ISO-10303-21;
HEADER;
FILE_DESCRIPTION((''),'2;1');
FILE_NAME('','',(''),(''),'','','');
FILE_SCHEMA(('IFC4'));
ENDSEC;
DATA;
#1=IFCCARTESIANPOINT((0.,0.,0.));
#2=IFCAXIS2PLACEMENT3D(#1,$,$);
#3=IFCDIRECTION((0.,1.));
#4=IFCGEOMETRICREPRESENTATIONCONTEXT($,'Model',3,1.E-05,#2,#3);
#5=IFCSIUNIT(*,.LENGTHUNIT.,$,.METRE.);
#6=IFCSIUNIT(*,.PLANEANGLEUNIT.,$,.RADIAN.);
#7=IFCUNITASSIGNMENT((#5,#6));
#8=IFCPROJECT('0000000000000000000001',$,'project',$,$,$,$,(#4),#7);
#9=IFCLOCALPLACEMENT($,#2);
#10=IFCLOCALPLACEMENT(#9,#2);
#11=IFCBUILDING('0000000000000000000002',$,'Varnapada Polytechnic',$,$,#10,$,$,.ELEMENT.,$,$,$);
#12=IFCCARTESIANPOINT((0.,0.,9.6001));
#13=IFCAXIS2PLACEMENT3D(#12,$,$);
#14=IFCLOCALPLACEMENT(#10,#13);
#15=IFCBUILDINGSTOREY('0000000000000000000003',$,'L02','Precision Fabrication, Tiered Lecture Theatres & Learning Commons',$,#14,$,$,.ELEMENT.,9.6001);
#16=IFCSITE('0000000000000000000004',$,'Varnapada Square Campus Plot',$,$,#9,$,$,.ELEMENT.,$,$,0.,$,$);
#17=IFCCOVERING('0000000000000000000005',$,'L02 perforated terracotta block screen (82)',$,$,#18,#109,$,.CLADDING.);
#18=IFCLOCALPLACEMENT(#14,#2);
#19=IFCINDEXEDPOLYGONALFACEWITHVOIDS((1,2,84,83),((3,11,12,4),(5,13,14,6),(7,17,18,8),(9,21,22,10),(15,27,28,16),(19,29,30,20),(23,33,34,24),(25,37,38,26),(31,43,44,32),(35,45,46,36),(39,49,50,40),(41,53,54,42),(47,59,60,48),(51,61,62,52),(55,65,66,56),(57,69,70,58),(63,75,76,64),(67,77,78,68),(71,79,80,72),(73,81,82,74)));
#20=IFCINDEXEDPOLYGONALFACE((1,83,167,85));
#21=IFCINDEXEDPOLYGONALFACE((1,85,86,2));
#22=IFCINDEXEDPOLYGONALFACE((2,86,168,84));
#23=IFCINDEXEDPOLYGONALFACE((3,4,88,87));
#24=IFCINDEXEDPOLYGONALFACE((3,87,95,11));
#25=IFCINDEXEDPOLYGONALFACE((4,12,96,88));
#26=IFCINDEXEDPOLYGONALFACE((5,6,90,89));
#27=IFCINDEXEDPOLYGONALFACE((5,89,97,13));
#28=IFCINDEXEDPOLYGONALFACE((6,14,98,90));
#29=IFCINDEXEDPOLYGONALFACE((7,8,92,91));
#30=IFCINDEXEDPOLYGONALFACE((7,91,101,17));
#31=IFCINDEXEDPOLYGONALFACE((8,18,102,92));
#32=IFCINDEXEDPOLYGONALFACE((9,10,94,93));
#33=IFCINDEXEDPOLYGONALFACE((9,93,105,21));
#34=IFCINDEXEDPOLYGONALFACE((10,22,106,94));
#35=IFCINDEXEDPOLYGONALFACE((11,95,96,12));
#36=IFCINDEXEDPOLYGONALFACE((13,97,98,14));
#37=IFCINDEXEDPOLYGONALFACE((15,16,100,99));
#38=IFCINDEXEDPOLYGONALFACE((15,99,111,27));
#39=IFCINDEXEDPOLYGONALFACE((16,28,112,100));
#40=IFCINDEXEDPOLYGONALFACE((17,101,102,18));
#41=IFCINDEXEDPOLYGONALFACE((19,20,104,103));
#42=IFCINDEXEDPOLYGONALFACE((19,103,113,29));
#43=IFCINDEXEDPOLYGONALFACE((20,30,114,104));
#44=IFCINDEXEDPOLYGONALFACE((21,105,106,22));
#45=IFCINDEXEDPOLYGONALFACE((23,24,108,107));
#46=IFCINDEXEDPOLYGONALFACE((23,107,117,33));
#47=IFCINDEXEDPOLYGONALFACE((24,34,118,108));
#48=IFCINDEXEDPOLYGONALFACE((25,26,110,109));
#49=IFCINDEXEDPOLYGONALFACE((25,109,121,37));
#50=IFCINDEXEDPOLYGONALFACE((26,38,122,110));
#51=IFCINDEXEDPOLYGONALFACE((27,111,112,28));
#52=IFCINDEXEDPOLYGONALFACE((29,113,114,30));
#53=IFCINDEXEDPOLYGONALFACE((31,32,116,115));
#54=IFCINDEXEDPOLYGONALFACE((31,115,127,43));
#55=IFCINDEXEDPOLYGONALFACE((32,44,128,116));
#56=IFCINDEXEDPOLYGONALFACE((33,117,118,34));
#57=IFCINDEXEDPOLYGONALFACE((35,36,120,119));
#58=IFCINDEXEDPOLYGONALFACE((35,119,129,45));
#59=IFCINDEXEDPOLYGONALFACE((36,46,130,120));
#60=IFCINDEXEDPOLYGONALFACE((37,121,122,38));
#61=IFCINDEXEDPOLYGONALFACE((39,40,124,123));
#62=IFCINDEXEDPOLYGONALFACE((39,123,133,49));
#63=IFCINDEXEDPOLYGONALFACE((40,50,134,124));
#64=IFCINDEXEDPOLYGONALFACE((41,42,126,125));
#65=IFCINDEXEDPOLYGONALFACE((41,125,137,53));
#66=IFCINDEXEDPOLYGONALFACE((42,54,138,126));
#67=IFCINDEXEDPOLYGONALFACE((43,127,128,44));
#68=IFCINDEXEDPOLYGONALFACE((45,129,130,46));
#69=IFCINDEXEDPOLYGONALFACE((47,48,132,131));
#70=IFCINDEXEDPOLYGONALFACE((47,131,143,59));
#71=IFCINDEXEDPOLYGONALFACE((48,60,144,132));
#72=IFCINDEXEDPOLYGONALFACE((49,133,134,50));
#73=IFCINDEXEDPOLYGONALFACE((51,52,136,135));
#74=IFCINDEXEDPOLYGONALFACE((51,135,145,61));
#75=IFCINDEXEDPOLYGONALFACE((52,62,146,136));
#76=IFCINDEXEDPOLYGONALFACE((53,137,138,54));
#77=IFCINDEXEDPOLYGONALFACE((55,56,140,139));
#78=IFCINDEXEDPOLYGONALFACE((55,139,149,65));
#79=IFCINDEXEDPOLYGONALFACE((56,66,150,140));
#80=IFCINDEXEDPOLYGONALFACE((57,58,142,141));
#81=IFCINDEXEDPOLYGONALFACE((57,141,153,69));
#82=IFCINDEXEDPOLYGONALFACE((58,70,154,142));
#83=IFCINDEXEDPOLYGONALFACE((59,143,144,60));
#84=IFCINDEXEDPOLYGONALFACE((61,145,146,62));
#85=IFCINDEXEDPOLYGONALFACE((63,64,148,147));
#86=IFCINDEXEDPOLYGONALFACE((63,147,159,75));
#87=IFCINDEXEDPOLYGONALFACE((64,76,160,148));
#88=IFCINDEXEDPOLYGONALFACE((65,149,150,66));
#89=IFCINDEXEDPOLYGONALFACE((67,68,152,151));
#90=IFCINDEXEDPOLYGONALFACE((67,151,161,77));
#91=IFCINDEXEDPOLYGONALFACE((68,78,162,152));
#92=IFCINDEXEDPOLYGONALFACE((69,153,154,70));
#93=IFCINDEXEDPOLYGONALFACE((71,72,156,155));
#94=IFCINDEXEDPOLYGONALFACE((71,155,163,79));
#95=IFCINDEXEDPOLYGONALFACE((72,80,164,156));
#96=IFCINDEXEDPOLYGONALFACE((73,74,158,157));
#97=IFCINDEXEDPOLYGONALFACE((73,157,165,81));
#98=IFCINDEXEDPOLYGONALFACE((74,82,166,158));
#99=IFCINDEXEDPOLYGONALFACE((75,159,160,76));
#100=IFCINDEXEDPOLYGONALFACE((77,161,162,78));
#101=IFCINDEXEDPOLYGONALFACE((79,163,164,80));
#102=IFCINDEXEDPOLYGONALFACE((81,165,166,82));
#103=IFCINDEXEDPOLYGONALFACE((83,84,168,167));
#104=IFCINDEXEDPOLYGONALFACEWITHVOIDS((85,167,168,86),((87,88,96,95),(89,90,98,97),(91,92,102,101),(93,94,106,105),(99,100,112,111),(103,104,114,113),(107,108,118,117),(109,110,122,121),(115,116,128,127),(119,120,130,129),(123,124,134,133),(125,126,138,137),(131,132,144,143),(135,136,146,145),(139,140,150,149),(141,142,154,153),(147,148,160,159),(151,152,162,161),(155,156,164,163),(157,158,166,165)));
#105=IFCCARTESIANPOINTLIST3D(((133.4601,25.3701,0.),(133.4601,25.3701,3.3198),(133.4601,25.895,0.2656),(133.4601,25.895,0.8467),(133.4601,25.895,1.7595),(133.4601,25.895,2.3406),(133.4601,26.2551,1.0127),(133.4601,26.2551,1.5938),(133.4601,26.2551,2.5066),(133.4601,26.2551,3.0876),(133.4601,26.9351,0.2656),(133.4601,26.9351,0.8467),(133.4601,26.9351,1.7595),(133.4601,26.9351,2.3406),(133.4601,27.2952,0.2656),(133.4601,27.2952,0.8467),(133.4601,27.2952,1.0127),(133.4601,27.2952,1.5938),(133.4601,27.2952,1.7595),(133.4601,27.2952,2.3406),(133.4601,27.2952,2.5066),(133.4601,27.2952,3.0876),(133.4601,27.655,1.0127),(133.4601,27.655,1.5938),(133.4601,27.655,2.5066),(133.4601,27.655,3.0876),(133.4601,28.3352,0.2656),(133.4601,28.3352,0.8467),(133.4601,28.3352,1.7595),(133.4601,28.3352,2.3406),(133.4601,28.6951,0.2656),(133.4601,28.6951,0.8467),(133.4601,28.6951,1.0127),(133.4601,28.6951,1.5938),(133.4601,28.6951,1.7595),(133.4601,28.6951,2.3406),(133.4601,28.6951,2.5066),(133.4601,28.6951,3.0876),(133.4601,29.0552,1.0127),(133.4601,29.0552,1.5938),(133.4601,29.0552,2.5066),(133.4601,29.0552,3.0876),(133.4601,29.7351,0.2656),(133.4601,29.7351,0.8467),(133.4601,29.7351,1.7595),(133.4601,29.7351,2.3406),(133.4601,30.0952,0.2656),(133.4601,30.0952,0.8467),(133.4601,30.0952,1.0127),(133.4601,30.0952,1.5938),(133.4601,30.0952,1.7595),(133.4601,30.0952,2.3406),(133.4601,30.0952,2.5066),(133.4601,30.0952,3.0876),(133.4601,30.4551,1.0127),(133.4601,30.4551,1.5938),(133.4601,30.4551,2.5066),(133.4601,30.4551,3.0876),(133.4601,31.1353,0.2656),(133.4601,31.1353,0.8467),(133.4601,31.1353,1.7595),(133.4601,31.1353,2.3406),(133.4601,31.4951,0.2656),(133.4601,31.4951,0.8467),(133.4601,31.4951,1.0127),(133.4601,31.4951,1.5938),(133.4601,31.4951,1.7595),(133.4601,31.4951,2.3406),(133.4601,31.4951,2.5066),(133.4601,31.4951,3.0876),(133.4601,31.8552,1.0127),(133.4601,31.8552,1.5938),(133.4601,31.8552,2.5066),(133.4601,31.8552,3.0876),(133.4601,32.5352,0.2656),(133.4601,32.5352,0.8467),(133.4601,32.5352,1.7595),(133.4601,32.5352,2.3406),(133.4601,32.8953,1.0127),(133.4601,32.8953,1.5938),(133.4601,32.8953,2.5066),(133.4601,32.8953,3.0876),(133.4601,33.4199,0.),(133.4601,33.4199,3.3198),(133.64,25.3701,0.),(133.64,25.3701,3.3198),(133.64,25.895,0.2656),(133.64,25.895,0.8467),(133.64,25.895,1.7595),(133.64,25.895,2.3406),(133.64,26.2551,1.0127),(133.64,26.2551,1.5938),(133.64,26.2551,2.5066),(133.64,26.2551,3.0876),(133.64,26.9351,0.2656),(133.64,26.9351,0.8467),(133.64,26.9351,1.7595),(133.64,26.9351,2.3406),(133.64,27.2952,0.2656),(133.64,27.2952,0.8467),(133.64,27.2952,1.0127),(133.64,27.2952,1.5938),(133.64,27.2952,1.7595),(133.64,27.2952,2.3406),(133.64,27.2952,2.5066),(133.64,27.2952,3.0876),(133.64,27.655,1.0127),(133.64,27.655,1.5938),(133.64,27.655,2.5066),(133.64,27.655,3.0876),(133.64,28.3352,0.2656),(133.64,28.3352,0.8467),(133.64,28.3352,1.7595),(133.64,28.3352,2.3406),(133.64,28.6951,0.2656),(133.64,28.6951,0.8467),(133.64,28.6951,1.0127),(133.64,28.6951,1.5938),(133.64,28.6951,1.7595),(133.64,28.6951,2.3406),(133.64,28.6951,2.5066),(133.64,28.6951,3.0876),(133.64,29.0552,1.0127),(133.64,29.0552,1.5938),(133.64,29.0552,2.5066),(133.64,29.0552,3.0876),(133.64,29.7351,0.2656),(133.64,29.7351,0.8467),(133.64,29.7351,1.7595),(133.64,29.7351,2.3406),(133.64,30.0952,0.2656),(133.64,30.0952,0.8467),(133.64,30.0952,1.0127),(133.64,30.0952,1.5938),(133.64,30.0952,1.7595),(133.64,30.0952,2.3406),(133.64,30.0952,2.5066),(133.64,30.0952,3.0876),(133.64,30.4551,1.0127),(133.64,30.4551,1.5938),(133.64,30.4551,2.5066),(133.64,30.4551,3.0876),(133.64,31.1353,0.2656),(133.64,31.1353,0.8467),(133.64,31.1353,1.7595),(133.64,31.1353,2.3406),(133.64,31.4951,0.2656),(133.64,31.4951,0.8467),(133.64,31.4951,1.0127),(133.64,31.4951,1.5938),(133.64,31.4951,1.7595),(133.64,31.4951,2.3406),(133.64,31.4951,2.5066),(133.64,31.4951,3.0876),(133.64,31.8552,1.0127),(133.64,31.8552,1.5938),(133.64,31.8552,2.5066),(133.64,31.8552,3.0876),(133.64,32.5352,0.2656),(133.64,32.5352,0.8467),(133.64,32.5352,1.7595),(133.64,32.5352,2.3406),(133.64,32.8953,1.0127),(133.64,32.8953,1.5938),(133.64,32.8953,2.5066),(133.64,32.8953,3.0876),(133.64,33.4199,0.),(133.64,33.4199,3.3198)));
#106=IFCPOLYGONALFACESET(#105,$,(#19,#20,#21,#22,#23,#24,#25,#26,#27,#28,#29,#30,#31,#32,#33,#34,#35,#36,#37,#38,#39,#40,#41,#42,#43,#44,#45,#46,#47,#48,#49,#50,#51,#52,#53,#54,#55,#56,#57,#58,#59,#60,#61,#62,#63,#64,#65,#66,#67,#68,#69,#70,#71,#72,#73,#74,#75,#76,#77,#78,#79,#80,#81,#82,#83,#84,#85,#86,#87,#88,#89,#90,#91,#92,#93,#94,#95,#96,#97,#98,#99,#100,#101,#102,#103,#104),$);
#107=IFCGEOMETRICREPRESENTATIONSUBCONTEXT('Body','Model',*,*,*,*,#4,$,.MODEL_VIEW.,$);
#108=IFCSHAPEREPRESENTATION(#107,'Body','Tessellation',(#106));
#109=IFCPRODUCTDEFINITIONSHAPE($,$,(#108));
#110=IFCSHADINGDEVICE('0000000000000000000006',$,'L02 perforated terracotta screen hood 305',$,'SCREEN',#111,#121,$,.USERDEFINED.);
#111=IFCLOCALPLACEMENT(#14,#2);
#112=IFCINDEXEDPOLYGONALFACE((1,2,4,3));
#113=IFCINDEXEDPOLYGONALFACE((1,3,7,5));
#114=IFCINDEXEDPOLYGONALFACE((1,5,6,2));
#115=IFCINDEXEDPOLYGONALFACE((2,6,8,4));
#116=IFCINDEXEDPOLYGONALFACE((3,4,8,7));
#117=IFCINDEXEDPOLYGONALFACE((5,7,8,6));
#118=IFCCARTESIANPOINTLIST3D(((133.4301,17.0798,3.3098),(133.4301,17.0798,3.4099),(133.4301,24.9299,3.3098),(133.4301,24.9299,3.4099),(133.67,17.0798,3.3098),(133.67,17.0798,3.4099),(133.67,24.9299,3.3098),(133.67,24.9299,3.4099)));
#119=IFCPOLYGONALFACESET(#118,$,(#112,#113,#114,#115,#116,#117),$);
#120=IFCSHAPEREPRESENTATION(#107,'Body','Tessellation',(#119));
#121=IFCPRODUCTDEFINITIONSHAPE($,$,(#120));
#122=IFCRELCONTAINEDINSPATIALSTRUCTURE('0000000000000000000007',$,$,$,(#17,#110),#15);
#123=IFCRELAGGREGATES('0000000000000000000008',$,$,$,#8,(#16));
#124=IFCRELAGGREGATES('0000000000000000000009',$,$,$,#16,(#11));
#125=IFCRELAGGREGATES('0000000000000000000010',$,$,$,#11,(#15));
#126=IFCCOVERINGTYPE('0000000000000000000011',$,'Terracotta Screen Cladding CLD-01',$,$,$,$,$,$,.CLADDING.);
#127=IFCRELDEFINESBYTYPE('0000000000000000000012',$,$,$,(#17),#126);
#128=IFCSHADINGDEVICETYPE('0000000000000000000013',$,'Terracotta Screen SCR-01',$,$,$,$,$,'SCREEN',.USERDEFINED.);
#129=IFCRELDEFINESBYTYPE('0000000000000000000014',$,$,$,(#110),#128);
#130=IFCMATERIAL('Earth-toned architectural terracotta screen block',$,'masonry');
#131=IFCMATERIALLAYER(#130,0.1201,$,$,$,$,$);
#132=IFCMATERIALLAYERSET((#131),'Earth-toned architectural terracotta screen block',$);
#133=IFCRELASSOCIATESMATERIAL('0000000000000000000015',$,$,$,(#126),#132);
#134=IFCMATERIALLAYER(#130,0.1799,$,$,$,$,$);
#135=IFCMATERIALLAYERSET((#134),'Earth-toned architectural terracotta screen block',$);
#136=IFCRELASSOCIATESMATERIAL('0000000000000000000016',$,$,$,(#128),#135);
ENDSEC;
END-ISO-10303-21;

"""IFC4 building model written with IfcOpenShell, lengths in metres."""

from ifc_helpers import new_model, si_unit, direction, frame, frame_2d, origin, origin_2d, place, context, subcontext, project, spatial, rectangle, extrude, material, layer, layer_set, type_object, element, save


model = new_model("IFC4")

# Units and contexts
model_context = context("Model", 3, precision=1e-05, world=origin(), true_north=direction((0.0, 1.0)))
body_context = subcontext(model_context, "Body", "Model", "MODEL_VIEW")
ifc_project = project(units=[si_unit("LENGTHUNIT", "METRE"), si_unit("PLANEANGLEUNIT", "RADIAN")], contexts=[model_context])

# Site, building, storey
site_placement = place(None, origin())
site = spatial("IfcSite", under=ifc_project, at=site_placement, Name="Varnapada Square Campus Plot", CompositionType="ELEMENT", RefElevation=0.0)
building_placement = place(site_placement, origin())
building = spatial("IfcBuilding", under=site, at=building_placement, Name="Varnapada Polytechnic", CompositionType="ELEMENT")
storey_placement = place(building_placement, frame((0.0, 0.0, 9.6001)))
storey = spatial("IfcBuildingStorey", under=building, at=storey_placement, Name="L02", Description="Precision Fabrication, Tiered Lecture Theatres & Learning Commons", CompositionType="ELEMENT", Elevation=9.6001)

# Covering, openings
ifc_material_1 = material(Name="Earth-toned architectural terracotta screen block", Category="masonry")
ifc_layer_1 = layer(ifc_material_1, 0.1201)
ifc_layer_set_1 = layer_set([ifc_layer_1], Name="Earth-toned architectural terracotta screen block")
covering_type = type_object("IfcCoveringType", Name="Terracotta Screen Cladding CLD-01", PredefinedType="CLADDING", material=ifc_layer_set_1)
covering_placement = place(storey_placement, frame((133.55, 25.3701, 0.0), z_axis=(0.0, 0.0, 1.0), x_axis=(0.0, 1.0, 0.0)))
covering = element("IfcCovering", 1, at=covering_placement, inside=storey, type_object=covering_type, Name="L02 perforated terracotta block screen (82)", PredefinedType="CLADDING", context=body_context, shape_type="SweptSolid", body=[
    extrude(rectangle(XDim=8.0498, YDim=0.1799, at=frame_2d((4.0249, 0.0))), origin(), (0.0, 0.0, 1.0), 3.3198),
])
opening_1_placement = place(covering_placement, frame((0.5249, 0.0, 0.2656)))
element("IfcOpeningElement", 2, at=opening_1_placement, cuts=covering, PredefinedType="OPENING", context=body_context, shape_type="SweptSolid", body=[
    extrude(rectangle(XDim=1.04, YDim=0.5811, at=frame_2d((0.52, 0.2905))), frame((0.0, 0.0999, 0.0), z_axis=(0.0, -1.0, 0.0), x_axis=(1.0, 0.0, 0.0)), (0.0, 0.0, 1.0), 0.2),
])
opening_2_placement = place(covering_placement, frame((1.925, 0.0, 0.2656)))
element("IfcOpeningElement", 3, at=opening_2_placement, cuts=covering, PredefinedType="OPENING", context=body_context, shape_type="SweptSolid", body=[
    extrude(rectangle(XDim=1.04, YDim=0.5811, at=frame_2d((0.52, 0.2905))), frame((0.0, 0.0999, 0.0), z_axis=(0.0, -1.0, 0.0), x_axis=(1.0, 0.0, 0.0)), (0.0, 0.0, 1.0), 0.2),
])
opening_3_placement = place(covering_placement, frame((3.325, 0.0, 0.2656)))
element("IfcOpeningElement", 4, at=opening_3_placement, cuts=covering, PredefinedType="OPENING", context=body_context, shape_type="SweptSolid", body=[
    extrude(rectangle(XDim=1.04, YDim=0.5811, at=frame_2d((0.52, 0.2905))), frame((0.0, 0.0999, 0.0), z_axis=(0.0, -1.0, 0.0), x_axis=(1.0, 0.0, 0.0)), (0.0, 0.0, 1.0), 0.2),
])
opening_4_placement = place(covering_placement, frame((4.7251, 0.0, 0.2656)))
element("IfcOpeningElement", 5, at=opening_4_placement, cuts=covering, PredefinedType="OPENING", context=body_context, shape_type="SweptSolid", body=[
    extrude(rectangle(XDim=1.04, YDim=0.5811, at=frame_2d((0.52, 0.2905))), frame((0.0, 0.0999, 0.0), z_axis=(0.0, -1.0, 0.0), x_axis=(1.0, 0.0, 0.0)), (0.0, 0.0, 1.0), 0.2),
])
opening_5_placement = place(covering_placement, frame((6.125, 0.0, 0.2656)))
element("IfcOpeningElement", 6, at=opening_5_placement, cuts=covering, PredefinedType="OPENING", context=body_context, shape_type="SweptSolid", body=[
    extrude(rectangle(XDim=1.04, YDim=0.5811, at=frame_2d((0.52, 0.2905))), frame((0.0, 0.0999, 0.0), z_axis=(0.0, -1.0, 0.0), x_axis=(1.0, 0.0, 0.0)), (0.0, 0.0, 1.0), 0.2),
])
opening_6_placement = place(covering_placement, frame((0.885, 0.0, 1.0127)))
element("IfcOpeningElement", 7, at=opening_6_placement, cuts=covering, PredefinedType="OPENING", context=body_context, shape_type="SweptSolid", body=[
    extrude(rectangle(XDim=1.04, YDim=0.5811, at=frame_2d((0.52, 0.2905))), frame((0.0, 0.0999, 0.0), z_axis=(0.0, -1.0, 0.0), x_axis=(1.0, 0.0, 0.0)), (0.0, 0.0, 1.0), 0.2),
])
opening_7_placement = place(covering_placement, frame((2.2849, 0.0, 1.0127)))
element("IfcOpeningElement", 8, at=opening_7_placement, cuts=covering, PredefinedType="OPENING", context=body_context, shape_type="SweptSolid", body=[
    extrude(rectangle(XDim=1.04, YDim=0.5811, at=frame_2d((0.52, 0.2905))), frame((0.0, 0.0999, 0.0), z_axis=(0.0, -1.0, 0.0), x_axis=(1.0, 0.0, 0.0)), (0.0, 0.0, 1.0), 0.2),
])
opening_8_placement = place(covering_placement, frame((3.6851, 0.0, 1.0127)))
element("IfcOpeningElement", 9, at=opening_8_placement, cuts=covering, PredefinedType="OPENING", context=body_context, shape_type="SweptSolid", body=[
    extrude(rectangle(XDim=1.04, YDim=0.5811, at=frame_2d((0.52, 0.2905))), frame((0.0, 0.0999, 0.0), z_axis=(0.0, -1.0, 0.0), x_axis=(1.0, 0.0, 0.0)), (0.0, 0.0, 1.0), 0.2),
])
opening_9_placement = place(covering_placement, frame((5.085, 0.0, 1.0127)))
element("IfcOpeningElement", 10, at=opening_9_placement, cuts=covering, PredefinedType="OPENING", context=body_context, shape_type="SweptSolid", body=[
    extrude(rectangle(XDim=1.04, YDim=0.5811, at=frame_2d((0.52, 0.2905))), frame((0.0, 0.0999, 0.0), z_axis=(0.0, -1.0, 0.0), x_axis=(1.0, 0.0, 0.0)), (0.0, 0.0, 1.0), 0.2),
])
opening_10_placement = place(covering_placement, frame((6.4851, 0.0, 1.0127)))
element("IfcOpeningElement", 11, at=opening_10_placement, cuts=covering, PredefinedType="OPENING", context=body_context, shape_type="SweptSolid", body=[
    extrude(rectangle(XDim=1.04, YDim=0.5811, at=frame_2d((0.52, 0.2905))), frame((0.0, 0.0999, 0.0), z_axis=(0.0, -1.0, 0.0), x_axis=(1.0, 0.0, 0.0)), (0.0, 0.0, 1.0), 0.2),
])
opening_11_placement = place(covering_placement, frame((0.5249, 0.0, 1.7595)))
element("IfcOpeningElement", 12, at=opening_11_placement, cuts=covering, PredefinedType="OPENING", context=body_context, shape_type="SweptSolid", body=[
    extrude(rectangle(XDim=1.04, YDim=0.5811, at=frame_2d((0.52, 0.2905))), frame((0.0, 0.0999, 0.0), z_axis=(0.0, -1.0, 0.0), x_axis=(1.0, 0.0, 0.0)), (0.0, 0.0, 1.0), 0.2),
])
opening_12_placement = place(covering_placement, frame((1.925, 0.0, 1.7595)))
element("IfcOpeningElement", 13, at=opening_12_placement, cuts=covering, PredefinedType="OPENING", context=body_context, shape_type="SweptSolid", body=[
    extrude(rectangle(XDim=1.04, YDim=0.5811, at=frame_2d((0.52, 0.2905))), frame((0.0, 0.0999, 0.0), z_axis=(0.0, -1.0, 0.0), x_axis=(1.0, 0.0, 0.0)), (0.0, 0.0, 1.0), 0.2),
])
opening_13_placement = place(covering_placement, frame((3.325, 0.0, 1.7595)))
element("IfcOpeningElement", 14, at=opening_13_placement, cuts=covering, PredefinedType="OPENING", context=body_context, shape_type="SweptSolid", body=[
    extrude(rectangle(XDim=1.04, YDim=0.5811, at=frame_2d((0.52, 0.2905))), frame((0.0, 0.0999, 0.0), z_axis=(0.0, -1.0, 0.0), x_axis=(1.0, 0.0, 0.0)), (0.0, 0.0, 1.0), 0.2),
])
opening_14_placement = place(covering_placement, frame((4.7251, 0.0, 1.7595)))
element("IfcOpeningElement", 15, at=opening_14_placement, cuts=covering, PredefinedType="OPENING", context=body_context, shape_type="SweptSolid", body=[
    extrude(rectangle(XDim=1.04, YDim=0.5811, at=frame_2d((0.52, 0.2905))), frame((0.0, 0.0999, 0.0), z_axis=(0.0, -1.0, 0.0), x_axis=(1.0, 0.0, 0.0)), (0.0, 0.0, 1.0), 0.2),
])
opening_15_placement = place(covering_placement, frame((6.125, 0.0, 1.7595)))
element("IfcOpeningElement", 16, at=opening_15_placement, cuts=covering, PredefinedType="OPENING", context=body_context, shape_type="SweptSolid", body=[
    extrude(rectangle(XDim=1.04, YDim=0.5811, at=frame_2d((0.52, 0.2905))), frame((0.0, 0.0999, 0.0), z_axis=(0.0, -1.0, 0.0), x_axis=(1.0, 0.0, 0.0)), (0.0, 0.0, 1.0), 0.2),
])
opening_16_placement = place(covering_placement, frame((0.885, 0.0, 2.5066)))
element("IfcOpeningElement", 17, at=opening_16_placement, cuts=covering, PredefinedType="OPENING", context=body_context, shape_type="SweptSolid", body=[
    extrude(rectangle(XDim=1.04, YDim=0.5811, at=frame_2d((0.52, 0.2905))), frame((0.0, 0.0999, 0.0), z_axis=(0.0, -1.0, 0.0), x_axis=(1.0, 0.0, 0.0)), (0.0, 0.0, 1.0), 0.2),
])
opening_17_placement = place(covering_placement, frame((2.2849, 0.0, 2.5066)))
element("IfcOpeningElement", 18, at=opening_17_placement, cuts=covering, PredefinedType="OPENING", context=body_context, shape_type="SweptSolid", body=[
    extrude(rectangle(XDim=1.04, YDim=0.5811, at=frame_2d((0.52, 0.2905))), frame((0.0, 0.0999, 0.0), z_axis=(0.0, -1.0, 0.0), x_axis=(1.0, 0.0, 0.0)), (0.0, 0.0, 1.0), 0.2),
])
opening_18_placement = place(covering_placement, frame((3.6851, 0.0, 2.5066)))
element("IfcOpeningElement", 19, at=opening_18_placement, cuts=covering, PredefinedType="OPENING", context=body_context, shape_type="SweptSolid", body=[
    extrude(rectangle(XDim=1.04, YDim=0.5811, at=frame_2d((0.52, 0.2905))), frame((0.0, 0.0999, 0.0), z_axis=(0.0, -1.0, 0.0), x_axis=(1.0, 0.0, 0.0)), (0.0, 0.0, 1.0), 0.2),
])
opening_19_placement = place(covering_placement, frame((5.085, 0.0, 2.5066)))
element("IfcOpeningElement", 20, at=opening_19_placement, cuts=covering, PredefinedType="OPENING", context=body_context, shape_type="SweptSolid", body=[
    extrude(rectangle(XDim=1.04, YDim=0.5811, at=frame_2d((0.52, 0.2905))), frame((0.0, 0.0999, 0.0), z_axis=(0.0, -1.0, 0.0), x_axis=(1.0, 0.0, 0.0)), (0.0, 0.0, 1.0), 0.2),
])
opening_20_placement = place(covering_placement, frame((6.4851, 0.0, 2.5066)))
element("IfcOpeningElement", 21, at=opening_20_placement, cuts=covering, PredefinedType="OPENING", context=body_context, shape_type="SweptSolid", body=[
    extrude(rectangle(XDim=1.04, YDim=0.5811, at=frame_2d((0.52, 0.2905))), frame((0.0, 0.0999, 0.0), z_axis=(0.0, -1.0, 0.0), x_axis=(1.0, 0.0, 0.0)), (0.0, 0.0, 1.0), 0.2),
])

# Shading device
ifc_layer_2 = layer(ifc_material_1, 0.1799)
ifc_layer_set_2 = layer_set([ifc_layer_2], Name="Earth-toned architectural terracotta screen block")
shading_device_type = type_object("IfcShadingDeviceType", Name="Terracotta Screen SCR-01", ElementType="SCREEN", PredefinedType="USERDEFINED", material=ifc_layer_set_2)
shading_device_placement = place(storey_placement, frame((133.55, 21.0049, 3.3098), z_axis=(0.0, 0.0, 1.0), x_axis=(0.0, 1.0, 0.0)))
element("IfcShadingDevice", 22, at=shading_device_placement, inside=storey, type_object=shading_device_type, Name="L02 perforated terracotta screen hood 305", ObjectType="SCREEN", PredefinedType="USERDEFINED", context=body_context, shape_type="SweptSolid", body=[
    extrude(rectangle(XDim=7.8501, YDim=0.24, at=origin_2d()), origin(), (0.0, 0.0, 1.0), 0.1001),
])

save(model, "model.ifc")
